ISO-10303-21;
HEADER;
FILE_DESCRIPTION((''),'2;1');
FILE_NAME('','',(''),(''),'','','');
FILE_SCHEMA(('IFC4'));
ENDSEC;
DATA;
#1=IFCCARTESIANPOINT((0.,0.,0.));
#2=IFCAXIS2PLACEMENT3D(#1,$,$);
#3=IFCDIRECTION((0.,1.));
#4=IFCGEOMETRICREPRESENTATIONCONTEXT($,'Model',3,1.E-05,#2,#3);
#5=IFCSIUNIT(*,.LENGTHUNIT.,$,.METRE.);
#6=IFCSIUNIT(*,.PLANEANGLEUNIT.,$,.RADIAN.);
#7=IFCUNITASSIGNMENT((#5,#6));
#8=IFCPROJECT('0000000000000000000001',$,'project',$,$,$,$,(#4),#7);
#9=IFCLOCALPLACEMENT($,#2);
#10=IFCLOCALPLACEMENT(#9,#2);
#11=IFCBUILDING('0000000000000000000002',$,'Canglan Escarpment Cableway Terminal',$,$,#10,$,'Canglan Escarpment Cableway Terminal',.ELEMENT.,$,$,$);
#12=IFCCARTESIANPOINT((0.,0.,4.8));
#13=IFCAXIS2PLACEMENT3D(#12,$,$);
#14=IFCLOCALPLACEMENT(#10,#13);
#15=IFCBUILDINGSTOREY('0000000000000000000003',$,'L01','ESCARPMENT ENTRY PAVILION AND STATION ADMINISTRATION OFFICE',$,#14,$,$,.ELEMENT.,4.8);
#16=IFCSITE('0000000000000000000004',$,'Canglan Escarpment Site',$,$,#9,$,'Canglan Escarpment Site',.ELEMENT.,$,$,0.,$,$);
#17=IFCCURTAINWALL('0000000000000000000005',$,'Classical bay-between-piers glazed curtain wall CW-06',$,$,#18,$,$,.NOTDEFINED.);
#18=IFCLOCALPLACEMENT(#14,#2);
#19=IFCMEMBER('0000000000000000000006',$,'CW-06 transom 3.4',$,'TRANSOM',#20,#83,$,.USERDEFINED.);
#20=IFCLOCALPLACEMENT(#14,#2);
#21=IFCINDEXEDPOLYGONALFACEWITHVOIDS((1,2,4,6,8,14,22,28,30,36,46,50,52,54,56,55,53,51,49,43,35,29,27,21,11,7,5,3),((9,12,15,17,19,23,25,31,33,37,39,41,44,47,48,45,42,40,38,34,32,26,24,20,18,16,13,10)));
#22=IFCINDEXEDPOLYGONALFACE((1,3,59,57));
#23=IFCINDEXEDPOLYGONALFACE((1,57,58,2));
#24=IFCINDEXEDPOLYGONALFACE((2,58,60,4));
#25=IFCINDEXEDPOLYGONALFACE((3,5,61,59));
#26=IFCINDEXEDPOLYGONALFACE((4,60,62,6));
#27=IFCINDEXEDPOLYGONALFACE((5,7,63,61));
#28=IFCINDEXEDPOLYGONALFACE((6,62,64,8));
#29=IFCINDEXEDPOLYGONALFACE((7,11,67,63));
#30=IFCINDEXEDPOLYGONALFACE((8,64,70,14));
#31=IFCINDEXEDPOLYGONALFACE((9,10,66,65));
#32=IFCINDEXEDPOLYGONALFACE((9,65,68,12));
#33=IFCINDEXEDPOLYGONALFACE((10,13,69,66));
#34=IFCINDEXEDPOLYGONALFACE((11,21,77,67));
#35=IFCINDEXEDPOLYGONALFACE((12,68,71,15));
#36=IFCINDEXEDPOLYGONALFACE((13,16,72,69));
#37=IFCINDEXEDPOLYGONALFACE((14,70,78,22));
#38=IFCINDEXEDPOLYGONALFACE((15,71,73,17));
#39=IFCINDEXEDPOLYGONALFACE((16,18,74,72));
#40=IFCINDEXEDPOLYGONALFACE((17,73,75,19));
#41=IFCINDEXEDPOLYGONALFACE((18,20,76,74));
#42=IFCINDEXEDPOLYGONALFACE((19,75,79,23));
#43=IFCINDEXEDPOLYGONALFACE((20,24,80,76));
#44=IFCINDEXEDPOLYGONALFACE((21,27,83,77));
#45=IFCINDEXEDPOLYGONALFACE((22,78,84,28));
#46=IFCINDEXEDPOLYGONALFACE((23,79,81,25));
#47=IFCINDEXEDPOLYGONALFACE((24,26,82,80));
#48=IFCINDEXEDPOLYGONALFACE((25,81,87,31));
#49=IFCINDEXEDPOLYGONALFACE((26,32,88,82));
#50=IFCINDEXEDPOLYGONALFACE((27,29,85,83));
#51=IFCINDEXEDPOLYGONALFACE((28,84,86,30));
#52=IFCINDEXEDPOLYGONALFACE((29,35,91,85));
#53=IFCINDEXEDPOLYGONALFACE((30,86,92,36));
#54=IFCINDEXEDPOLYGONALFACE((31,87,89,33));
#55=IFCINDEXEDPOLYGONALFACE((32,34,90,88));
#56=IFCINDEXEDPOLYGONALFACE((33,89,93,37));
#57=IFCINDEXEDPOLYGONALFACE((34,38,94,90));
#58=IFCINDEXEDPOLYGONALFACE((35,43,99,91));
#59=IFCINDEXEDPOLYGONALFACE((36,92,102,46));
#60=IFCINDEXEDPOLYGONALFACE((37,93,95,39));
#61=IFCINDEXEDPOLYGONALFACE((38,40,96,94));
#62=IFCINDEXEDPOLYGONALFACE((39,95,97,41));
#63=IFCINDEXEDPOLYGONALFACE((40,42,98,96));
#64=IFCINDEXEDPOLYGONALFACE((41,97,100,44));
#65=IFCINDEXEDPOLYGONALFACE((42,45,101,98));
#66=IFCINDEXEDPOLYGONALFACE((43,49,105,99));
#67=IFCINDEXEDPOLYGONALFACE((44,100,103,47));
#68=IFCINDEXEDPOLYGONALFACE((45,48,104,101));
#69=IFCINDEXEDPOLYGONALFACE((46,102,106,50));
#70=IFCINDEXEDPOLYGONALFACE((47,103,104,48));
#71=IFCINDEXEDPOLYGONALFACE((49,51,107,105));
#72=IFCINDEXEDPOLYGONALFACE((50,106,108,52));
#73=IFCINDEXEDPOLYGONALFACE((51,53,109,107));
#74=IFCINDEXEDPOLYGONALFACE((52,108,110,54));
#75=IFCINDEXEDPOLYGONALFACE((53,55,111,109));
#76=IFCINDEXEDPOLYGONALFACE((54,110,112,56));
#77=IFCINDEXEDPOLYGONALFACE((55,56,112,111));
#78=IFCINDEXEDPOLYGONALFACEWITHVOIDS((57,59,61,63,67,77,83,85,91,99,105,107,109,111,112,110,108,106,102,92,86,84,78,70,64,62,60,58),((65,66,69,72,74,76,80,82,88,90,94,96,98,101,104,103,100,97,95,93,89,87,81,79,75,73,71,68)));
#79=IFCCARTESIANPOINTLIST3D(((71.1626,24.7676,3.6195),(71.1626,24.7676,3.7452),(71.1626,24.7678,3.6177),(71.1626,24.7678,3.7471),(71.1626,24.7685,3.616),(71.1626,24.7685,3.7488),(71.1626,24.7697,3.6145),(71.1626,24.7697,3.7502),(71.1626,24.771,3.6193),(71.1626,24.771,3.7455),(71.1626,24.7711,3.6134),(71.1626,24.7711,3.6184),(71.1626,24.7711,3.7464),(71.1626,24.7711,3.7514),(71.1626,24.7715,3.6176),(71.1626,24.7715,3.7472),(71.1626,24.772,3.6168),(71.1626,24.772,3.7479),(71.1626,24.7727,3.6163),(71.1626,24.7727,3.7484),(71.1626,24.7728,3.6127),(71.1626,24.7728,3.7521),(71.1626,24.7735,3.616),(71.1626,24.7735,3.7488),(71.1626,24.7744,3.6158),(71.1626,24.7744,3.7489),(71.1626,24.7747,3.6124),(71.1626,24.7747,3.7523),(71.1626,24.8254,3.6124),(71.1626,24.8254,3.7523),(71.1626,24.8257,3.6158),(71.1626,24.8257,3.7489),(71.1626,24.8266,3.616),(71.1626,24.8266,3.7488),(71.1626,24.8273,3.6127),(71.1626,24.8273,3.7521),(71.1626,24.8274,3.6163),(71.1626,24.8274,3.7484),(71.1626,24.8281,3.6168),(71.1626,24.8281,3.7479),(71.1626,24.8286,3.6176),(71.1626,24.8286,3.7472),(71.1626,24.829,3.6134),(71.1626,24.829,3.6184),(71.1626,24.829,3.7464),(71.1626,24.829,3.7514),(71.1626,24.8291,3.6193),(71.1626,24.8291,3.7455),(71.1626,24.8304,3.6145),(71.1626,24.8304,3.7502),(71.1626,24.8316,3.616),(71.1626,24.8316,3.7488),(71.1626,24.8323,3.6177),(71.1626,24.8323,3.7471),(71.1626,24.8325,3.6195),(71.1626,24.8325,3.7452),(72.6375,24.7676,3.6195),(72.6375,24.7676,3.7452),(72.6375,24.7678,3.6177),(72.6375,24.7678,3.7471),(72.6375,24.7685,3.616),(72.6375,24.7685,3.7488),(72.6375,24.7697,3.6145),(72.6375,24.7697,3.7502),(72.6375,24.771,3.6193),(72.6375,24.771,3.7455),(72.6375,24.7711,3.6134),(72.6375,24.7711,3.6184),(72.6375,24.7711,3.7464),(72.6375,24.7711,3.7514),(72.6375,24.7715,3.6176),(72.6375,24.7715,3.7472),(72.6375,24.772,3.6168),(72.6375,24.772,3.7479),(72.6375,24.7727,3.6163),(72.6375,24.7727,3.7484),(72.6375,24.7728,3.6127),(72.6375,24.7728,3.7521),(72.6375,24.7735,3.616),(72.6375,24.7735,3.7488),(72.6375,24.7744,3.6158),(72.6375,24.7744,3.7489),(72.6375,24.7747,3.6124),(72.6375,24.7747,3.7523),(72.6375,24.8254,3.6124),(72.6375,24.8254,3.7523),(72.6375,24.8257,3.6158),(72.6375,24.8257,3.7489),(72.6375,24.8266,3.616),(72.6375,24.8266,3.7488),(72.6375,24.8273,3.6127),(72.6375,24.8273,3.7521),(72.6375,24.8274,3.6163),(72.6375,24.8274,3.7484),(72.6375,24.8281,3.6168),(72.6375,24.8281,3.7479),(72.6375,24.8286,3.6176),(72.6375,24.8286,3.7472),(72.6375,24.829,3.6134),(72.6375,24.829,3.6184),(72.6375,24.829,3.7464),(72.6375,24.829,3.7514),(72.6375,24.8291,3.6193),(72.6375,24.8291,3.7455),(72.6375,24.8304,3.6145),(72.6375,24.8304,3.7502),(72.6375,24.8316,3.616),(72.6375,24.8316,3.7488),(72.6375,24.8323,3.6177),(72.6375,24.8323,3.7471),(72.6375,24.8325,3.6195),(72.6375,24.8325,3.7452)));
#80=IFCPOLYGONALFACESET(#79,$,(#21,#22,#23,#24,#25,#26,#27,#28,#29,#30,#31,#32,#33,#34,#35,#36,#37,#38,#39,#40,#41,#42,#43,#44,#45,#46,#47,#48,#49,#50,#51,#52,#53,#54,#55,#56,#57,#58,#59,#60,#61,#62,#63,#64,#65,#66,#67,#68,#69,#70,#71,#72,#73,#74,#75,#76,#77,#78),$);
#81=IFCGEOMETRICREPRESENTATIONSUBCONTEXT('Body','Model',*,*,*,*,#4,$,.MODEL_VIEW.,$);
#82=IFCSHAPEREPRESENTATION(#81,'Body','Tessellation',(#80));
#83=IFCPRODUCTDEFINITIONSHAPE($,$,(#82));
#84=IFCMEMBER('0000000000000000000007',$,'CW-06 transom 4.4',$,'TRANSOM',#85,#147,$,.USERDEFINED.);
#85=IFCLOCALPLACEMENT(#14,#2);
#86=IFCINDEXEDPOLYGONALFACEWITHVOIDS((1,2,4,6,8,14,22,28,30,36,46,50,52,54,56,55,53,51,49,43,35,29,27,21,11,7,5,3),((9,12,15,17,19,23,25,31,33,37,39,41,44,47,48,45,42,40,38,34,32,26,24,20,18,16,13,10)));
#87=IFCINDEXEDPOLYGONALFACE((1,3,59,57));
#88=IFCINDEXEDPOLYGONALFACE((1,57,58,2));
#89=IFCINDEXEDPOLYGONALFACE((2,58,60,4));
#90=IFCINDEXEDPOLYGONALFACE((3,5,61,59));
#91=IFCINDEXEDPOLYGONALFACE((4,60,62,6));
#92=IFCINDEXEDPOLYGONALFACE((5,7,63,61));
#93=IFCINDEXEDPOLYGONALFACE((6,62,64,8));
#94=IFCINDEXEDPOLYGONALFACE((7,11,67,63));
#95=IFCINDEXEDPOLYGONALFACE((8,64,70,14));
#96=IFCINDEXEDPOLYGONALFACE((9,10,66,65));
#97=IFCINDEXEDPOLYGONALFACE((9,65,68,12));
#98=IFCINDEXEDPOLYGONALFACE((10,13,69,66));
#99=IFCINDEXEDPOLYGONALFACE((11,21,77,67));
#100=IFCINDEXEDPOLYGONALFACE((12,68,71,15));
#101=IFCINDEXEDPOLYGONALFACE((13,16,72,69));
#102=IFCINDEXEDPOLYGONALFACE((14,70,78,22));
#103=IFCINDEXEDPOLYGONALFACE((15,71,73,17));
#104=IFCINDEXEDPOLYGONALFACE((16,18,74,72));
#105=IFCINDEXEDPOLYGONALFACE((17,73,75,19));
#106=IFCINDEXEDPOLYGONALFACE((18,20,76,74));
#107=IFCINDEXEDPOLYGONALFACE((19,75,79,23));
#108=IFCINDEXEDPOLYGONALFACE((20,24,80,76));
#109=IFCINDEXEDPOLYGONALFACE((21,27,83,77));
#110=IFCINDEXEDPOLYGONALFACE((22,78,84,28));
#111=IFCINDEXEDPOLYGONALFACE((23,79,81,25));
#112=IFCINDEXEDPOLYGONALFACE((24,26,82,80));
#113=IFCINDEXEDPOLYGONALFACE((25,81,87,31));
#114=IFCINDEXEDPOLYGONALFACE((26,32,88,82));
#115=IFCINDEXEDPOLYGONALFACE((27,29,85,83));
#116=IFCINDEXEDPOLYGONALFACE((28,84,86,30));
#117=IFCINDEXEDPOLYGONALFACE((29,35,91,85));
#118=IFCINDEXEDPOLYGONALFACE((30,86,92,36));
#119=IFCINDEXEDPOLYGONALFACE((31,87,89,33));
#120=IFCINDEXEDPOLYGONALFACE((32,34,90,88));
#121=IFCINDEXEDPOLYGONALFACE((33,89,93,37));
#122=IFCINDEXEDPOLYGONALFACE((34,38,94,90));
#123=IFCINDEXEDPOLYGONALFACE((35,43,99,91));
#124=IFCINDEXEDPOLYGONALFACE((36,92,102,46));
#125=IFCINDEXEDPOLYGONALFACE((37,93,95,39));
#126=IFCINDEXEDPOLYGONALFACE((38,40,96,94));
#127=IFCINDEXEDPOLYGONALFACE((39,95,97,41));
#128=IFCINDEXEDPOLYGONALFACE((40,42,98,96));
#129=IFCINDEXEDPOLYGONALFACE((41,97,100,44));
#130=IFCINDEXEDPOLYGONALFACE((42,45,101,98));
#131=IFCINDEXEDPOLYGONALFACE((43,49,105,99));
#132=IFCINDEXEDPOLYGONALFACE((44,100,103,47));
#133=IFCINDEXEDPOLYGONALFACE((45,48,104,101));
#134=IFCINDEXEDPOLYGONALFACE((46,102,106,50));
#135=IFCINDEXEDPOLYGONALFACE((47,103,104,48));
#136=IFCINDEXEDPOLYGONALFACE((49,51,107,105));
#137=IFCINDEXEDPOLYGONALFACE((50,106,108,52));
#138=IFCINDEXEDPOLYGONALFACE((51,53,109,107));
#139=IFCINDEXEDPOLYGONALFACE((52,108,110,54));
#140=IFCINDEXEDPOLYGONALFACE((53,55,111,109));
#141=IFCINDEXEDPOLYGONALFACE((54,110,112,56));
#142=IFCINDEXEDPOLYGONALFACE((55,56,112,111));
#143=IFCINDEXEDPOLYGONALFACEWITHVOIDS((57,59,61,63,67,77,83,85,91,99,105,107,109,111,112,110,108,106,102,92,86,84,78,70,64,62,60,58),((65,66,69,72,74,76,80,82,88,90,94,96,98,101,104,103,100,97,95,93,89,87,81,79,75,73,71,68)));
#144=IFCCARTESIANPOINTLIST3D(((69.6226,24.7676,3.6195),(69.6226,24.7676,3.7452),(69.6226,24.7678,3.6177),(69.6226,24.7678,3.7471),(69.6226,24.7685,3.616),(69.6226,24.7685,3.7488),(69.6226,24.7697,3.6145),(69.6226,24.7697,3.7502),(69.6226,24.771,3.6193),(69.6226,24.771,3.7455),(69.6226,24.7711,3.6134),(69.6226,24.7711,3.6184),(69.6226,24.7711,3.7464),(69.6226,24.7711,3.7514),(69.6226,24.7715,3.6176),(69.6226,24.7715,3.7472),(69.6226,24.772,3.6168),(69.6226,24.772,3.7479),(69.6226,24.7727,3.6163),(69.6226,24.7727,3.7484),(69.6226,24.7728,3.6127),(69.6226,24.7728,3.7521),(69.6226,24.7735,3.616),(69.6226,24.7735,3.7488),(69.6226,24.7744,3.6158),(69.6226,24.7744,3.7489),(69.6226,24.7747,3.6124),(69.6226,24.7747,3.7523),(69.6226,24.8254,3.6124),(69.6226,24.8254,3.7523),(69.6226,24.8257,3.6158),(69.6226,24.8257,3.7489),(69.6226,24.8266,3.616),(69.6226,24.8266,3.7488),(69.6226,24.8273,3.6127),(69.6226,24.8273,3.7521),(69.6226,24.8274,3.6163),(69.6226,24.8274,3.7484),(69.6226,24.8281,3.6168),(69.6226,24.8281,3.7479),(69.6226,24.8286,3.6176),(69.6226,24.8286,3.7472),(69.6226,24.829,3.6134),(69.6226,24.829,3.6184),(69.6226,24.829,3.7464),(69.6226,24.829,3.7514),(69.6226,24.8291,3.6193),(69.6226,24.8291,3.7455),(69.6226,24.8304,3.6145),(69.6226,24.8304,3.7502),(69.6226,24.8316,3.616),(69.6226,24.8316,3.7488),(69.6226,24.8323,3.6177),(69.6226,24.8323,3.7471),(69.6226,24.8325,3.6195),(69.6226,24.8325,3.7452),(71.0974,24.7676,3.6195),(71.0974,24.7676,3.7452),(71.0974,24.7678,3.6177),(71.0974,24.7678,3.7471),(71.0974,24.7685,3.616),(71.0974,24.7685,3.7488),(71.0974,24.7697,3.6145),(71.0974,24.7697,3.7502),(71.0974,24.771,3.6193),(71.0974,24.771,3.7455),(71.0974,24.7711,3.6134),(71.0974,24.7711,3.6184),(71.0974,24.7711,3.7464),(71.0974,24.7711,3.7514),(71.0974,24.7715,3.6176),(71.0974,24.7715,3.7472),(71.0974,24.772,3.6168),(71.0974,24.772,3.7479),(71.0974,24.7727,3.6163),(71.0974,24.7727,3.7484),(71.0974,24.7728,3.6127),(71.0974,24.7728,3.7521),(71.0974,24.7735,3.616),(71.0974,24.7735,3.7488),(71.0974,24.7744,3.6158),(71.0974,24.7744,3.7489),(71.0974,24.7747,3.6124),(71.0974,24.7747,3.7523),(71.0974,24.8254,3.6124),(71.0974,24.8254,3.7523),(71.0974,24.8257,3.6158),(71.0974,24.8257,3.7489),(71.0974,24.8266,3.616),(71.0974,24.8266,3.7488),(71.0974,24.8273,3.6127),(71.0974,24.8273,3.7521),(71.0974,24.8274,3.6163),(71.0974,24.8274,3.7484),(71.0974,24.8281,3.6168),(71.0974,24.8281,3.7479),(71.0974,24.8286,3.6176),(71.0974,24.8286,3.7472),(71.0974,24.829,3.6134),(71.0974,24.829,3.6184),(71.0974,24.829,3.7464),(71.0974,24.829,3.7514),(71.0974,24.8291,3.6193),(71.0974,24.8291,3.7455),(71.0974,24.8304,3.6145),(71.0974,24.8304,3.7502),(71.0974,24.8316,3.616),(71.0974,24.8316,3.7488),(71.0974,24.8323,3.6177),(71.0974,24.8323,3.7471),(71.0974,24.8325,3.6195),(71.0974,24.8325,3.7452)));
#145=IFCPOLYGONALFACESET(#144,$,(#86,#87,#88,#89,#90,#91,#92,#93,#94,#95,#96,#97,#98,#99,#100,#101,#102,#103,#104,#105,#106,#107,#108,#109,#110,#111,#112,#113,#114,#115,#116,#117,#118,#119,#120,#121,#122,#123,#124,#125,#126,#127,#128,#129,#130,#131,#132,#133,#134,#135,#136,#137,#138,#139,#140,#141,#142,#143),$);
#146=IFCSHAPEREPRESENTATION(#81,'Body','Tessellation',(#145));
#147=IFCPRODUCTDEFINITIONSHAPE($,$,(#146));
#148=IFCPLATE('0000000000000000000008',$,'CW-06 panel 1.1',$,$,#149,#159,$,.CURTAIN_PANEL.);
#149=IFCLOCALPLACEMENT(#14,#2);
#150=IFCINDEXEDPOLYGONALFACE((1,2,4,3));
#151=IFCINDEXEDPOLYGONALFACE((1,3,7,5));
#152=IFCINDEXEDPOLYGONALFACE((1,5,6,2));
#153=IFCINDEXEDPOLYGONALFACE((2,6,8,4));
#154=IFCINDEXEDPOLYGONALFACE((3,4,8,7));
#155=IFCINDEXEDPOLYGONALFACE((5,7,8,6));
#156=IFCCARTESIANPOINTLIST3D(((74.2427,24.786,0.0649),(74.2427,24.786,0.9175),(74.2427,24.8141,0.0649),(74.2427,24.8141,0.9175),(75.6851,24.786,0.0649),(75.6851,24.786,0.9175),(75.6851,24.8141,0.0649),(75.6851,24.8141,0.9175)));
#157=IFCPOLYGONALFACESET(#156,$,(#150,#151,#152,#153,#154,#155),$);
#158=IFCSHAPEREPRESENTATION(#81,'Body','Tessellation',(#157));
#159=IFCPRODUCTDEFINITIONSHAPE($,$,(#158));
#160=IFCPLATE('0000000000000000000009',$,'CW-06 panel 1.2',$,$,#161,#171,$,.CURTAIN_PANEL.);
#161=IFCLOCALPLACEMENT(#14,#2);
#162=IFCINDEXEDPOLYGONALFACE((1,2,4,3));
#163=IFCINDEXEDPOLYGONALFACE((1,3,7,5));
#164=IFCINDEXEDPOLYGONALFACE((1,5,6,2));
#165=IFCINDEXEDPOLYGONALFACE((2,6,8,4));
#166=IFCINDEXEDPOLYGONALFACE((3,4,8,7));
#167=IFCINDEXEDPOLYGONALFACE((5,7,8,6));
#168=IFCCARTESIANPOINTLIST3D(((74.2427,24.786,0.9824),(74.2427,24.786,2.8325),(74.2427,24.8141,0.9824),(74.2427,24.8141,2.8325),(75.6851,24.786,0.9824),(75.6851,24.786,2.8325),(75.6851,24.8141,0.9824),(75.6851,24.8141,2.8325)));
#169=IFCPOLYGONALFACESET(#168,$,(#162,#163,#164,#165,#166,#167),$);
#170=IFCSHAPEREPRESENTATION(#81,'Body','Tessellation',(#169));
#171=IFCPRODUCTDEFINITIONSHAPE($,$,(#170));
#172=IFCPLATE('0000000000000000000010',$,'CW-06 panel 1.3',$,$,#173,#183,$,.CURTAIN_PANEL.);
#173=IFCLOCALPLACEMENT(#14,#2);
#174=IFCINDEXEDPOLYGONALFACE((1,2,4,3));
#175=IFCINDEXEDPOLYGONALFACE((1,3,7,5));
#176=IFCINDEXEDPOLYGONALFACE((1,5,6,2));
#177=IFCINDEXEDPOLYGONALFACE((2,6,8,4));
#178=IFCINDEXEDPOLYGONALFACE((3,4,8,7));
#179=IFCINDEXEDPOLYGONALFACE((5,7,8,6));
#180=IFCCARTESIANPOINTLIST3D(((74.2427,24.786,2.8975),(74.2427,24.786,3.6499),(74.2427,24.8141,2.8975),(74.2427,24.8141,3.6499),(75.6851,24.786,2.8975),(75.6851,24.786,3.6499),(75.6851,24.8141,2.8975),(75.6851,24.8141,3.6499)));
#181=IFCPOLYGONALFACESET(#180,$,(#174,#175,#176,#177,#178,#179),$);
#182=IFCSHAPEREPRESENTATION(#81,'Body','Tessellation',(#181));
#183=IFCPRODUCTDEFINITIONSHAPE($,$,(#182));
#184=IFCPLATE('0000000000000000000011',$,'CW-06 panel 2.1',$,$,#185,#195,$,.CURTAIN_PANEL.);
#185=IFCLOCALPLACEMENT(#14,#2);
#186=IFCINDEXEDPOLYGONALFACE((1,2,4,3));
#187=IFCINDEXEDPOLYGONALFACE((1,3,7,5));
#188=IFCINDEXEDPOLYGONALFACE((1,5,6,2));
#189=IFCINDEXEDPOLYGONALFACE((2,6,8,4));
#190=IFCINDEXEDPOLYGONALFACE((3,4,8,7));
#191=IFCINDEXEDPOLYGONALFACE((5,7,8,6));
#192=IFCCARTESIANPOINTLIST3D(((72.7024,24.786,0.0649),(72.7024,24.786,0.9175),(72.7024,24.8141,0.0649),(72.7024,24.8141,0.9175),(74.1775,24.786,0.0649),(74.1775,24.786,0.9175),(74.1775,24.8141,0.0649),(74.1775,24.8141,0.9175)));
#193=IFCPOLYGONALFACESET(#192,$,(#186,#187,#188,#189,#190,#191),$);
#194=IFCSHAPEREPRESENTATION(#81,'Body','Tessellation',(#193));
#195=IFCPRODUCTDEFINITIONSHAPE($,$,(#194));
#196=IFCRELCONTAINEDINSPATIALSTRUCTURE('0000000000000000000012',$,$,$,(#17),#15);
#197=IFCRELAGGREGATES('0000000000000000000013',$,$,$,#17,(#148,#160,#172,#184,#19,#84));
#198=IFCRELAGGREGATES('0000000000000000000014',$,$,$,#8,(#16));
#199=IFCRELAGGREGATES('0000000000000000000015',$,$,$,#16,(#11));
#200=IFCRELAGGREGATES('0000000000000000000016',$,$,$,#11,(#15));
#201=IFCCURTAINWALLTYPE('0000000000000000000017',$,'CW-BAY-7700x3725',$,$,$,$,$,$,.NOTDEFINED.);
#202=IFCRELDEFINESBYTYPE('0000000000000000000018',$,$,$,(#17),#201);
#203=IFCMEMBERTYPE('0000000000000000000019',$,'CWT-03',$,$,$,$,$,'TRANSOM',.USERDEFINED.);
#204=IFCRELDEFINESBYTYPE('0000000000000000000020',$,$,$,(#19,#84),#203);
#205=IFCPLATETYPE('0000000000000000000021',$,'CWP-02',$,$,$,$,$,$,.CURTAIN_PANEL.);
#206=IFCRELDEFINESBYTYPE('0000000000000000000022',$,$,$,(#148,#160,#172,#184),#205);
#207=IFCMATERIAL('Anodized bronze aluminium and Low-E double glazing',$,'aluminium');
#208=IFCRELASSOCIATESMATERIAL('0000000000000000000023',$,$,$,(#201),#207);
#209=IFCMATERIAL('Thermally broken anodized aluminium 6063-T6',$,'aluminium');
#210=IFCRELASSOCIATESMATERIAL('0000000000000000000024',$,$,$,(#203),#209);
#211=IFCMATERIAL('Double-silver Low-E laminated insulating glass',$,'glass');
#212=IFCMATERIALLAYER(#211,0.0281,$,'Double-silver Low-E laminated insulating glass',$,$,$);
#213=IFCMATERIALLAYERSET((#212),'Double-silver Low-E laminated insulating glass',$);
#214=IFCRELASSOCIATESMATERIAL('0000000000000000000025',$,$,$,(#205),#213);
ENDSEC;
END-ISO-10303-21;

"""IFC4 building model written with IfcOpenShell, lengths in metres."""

from ifc_helpers import new_model, si_unit, direction, frame, origin, origin_2d, place, context, subcontext, project, spatial, rectangle, hollow_rectangle, extrude, material, layer, layer_set, material_profile, profile_set, type_object, element, aggregate, save


model = new_model("IFC4")

# Units and contexts
model_context = context("Model", 3, precision=1e-05, world=origin(), true_north=direction((0.0, 1.0)))
body_context = subcontext(model_context, "Body", "Model", "MODEL_VIEW")
ifc_project = project(units=[si_unit("LENGTHUNIT", "METRE"), si_unit("PLANEANGLEUNIT", "RADIAN")], contexts=[model_context])

# Site, building, storey
site_placement = place(None, origin())
site = spatial("IfcSite", under=ifc_project, at=site_placement, Name="Canglan Escarpment Site", LongName="Canglan Escarpment Site", CompositionType="ELEMENT", RefElevation=0.0)
building_placement = place(site_placement, origin())
building = spatial("IfcBuilding", under=site, at=building_placement, Name="Canglan Escarpment Cableway Terminal", LongName="Canglan Escarpment Cableway Terminal", CompositionType="ELEMENT")
storey_placement = place(building_placement, frame((0.0, 0.0, 4.8)))
storey = spatial("IfcBuildingStorey", under=building, at=storey_placement, Name="L01", Description="ESCARPMENT ENTRY PAVILION AND STATION ADMINISTRATION OFFICE", CompositionType="ELEMENT", Elevation=4.8)

# Curtain wall, members, plates
ifc_material_1 = material(Name="Anodized bronze aluminium and Low-E double glazing", Category="aluminium")
curtain_wall_type = type_object("IfcCurtainWallType", Name="CW-BAY-7700x3725", PredefinedType="NOTDEFINED", material=ifc_material_1)
curtain_wall_placement = place(storey_placement, origin())
curtain_wall = element("IfcCurtainWall", 1, at=curtain_wall_placement, inside=storey, type_object=curtain_wall_type, Name="Classical bay-between-piers glazed curtain wall CW-06", PredefinedType="NOTDEFINED")
ifc_material_2 = material(Name="Thermally broken anodized aluminium 6063-T6", Category="aluminium")
ifc_material_profile_1 = material_profile(ifc_material_2, hollow_rectangle(XDim=0.0649, YDim=0.1399, WallThickness=0.0034, InnerFilletRadius=0.0034, OuterFilletRadius=0.0071, at=origin_2d()), Name="ALU-TRAN 65x140x3.5")
ifc_profile_set_1 = profile_set([ifc_material_profile_1], Name="Thermally broken anodized aluminium 6063-T6")
member_type_1 = type_object("IfcMemberType", Name="CWT-03", ElementType="TRANSOM", PredefinedType="USERDEFINED", material=ifc_profile_set_1)
member_1_placement = place(storey_placement, frame((72.6375, 24.8, 3.6824), z_axis=(-1.0, 0.0, 0.0), x_axis=(0.0, -1.0, 0.0)))
member_1 = element("IfcMember", 2, at=member_1_placement, type_object=member_type_1, Name="CW-06 transom 3.4", ObjectType="TRANSOM", PredefinedType="USERDEFINED", context=body_context, shape_type="SweptSolid", body=[
    extrude(hollow_rectangle(XDim=0.0649, YDim=0.1399, WallThickness=0.0034, InnerFilletRadius=0.0034, OuterFilletRadius=0.0071, at=origin_2d()), origin(), (0.0, 0.0, 1.0), 1.4749),
])
member_2_placement = place(storey_placement, frame((71.0974, 24.8, 3.6824), z_axis=(-1.0, 0.0, 0.0), x_axis=(0.0, -1.0, 0.0)))
member_2 = element("IfcMember", 3, at=member_2_placement, type_object=member_type_1, Name="CW-06 transom 4.4", ObjectType="TRANSOM", PredefinedType="USERDEFINED", context=body_context, shape_type="SweptSolid", body=[
    extrude(hollow_rectangle(XDim=0.0649, YDim=0.1399, WallThickness=0.0034, InnerFilletRadius=0.0034, OuterFilletRadius=0.0071, at=origin_2d()), origin(), (0.0, 0.0, 1.0), 1.4749),
])
ifc_material_3 = material(Name="Double-silver Low-E laminated insulating glass", Category="glass")
ifc_layer = layer(ifc_material_3, 0.0281, Name="Double-silver Low-E laminated insulating glass")
ifc_layer_set = layer_set([ifc_layer], Name="Double-silver Low-E laminated insulating glass")
plate_type = type_object("IfcPlateType", Name="CWP-02", PredefinedType="CURTAIN_PANEL", material=ifc_layer_set)
plate_1_placement = place(storey_placement, frame((74.9639, 24.8, 0.0649), z_axis=(0.0, 0.0, 1.0), x_axis=(-1.0, 0.0, 0.0)))
plate_1 = element("IfcPlate", 4, at=plate_1_placement, type_object=plate_type, Name="CW-06 panel 1.1", PredefinedType="CURTAIN_PANEL", context=body_context, shape_type="SweptSolid", body=[
    extrude(rectangle(XDim=1.4424, YDim=0.0281, at=origin_2d()), origin(), (0.0, 0.0, 1.0), 0.8525),
])
plate_2_placement = place(storey_placement, frame((74.9639, 24.8, 0.9824), z_axis=(0.0, 0.0, 1.0), x_axis=(-1.0, 0.0, 0.0)))
plate_2 = element("IfcPlate", 5, at=plate_2_placement, type_object=plate_type, Name="CW-06 panel 1.2", PredefinedType="CURTAIN_PANEL", context=body_context, shape_type="SweptSolid", body=[
    extrude(rectangle(XDim=1.4424, YDim=0.0281, at=origin_2d()), origin(), (0.0, 0.0, 1.0), 1.8501),
])
plate_3_placement = place(storey_placement, frame((74.9639, 24.8, 2.8975), z_axis=(0.0, 0.0, 1.0), x_axis=(-1.0, 0.0, 0.0)))
plate_3 = element("IfcPlate", 6, at=plate_3_placement, type_object=plate_type, Name="CW-06 panel 1.3", PredefinedType="CURTAIN_PANEL", context=body_context, shape_type="SweptSolid", body=[
    extrude(rectangle(XDim=1.4424, YDim=0.0281, at=origin_2d()), origin(), (0.0, 0.0, 1.0), 0.7524),
])
plate_4_placement = place(storey_placement, frame((73.4399, 24.8, 0.0649), z_axis=(0.0, 0.0, 1.0), x_axis=(-1.0, 0.0, 0.0)))
plate_4 = element("IfcPlate", 7, at=plate_4_placement, type_object=plate_type, Name="CW-06 panel 2.1", PredefinedType="CURTAIN_PANEL", context=body_context, shape_type="SweptSolid", body=[
    extrude(rectangle(XDim=1.4751, YDim=0.0281, at=origin_2d()), origin(), (0.0, 0.0, 1.0), 0.8525),
])
aggregate(curtain_wall, [plate_1, plate_2, plate_3, plate_4, member_1, member_2])

save(model, "model.ifc")
